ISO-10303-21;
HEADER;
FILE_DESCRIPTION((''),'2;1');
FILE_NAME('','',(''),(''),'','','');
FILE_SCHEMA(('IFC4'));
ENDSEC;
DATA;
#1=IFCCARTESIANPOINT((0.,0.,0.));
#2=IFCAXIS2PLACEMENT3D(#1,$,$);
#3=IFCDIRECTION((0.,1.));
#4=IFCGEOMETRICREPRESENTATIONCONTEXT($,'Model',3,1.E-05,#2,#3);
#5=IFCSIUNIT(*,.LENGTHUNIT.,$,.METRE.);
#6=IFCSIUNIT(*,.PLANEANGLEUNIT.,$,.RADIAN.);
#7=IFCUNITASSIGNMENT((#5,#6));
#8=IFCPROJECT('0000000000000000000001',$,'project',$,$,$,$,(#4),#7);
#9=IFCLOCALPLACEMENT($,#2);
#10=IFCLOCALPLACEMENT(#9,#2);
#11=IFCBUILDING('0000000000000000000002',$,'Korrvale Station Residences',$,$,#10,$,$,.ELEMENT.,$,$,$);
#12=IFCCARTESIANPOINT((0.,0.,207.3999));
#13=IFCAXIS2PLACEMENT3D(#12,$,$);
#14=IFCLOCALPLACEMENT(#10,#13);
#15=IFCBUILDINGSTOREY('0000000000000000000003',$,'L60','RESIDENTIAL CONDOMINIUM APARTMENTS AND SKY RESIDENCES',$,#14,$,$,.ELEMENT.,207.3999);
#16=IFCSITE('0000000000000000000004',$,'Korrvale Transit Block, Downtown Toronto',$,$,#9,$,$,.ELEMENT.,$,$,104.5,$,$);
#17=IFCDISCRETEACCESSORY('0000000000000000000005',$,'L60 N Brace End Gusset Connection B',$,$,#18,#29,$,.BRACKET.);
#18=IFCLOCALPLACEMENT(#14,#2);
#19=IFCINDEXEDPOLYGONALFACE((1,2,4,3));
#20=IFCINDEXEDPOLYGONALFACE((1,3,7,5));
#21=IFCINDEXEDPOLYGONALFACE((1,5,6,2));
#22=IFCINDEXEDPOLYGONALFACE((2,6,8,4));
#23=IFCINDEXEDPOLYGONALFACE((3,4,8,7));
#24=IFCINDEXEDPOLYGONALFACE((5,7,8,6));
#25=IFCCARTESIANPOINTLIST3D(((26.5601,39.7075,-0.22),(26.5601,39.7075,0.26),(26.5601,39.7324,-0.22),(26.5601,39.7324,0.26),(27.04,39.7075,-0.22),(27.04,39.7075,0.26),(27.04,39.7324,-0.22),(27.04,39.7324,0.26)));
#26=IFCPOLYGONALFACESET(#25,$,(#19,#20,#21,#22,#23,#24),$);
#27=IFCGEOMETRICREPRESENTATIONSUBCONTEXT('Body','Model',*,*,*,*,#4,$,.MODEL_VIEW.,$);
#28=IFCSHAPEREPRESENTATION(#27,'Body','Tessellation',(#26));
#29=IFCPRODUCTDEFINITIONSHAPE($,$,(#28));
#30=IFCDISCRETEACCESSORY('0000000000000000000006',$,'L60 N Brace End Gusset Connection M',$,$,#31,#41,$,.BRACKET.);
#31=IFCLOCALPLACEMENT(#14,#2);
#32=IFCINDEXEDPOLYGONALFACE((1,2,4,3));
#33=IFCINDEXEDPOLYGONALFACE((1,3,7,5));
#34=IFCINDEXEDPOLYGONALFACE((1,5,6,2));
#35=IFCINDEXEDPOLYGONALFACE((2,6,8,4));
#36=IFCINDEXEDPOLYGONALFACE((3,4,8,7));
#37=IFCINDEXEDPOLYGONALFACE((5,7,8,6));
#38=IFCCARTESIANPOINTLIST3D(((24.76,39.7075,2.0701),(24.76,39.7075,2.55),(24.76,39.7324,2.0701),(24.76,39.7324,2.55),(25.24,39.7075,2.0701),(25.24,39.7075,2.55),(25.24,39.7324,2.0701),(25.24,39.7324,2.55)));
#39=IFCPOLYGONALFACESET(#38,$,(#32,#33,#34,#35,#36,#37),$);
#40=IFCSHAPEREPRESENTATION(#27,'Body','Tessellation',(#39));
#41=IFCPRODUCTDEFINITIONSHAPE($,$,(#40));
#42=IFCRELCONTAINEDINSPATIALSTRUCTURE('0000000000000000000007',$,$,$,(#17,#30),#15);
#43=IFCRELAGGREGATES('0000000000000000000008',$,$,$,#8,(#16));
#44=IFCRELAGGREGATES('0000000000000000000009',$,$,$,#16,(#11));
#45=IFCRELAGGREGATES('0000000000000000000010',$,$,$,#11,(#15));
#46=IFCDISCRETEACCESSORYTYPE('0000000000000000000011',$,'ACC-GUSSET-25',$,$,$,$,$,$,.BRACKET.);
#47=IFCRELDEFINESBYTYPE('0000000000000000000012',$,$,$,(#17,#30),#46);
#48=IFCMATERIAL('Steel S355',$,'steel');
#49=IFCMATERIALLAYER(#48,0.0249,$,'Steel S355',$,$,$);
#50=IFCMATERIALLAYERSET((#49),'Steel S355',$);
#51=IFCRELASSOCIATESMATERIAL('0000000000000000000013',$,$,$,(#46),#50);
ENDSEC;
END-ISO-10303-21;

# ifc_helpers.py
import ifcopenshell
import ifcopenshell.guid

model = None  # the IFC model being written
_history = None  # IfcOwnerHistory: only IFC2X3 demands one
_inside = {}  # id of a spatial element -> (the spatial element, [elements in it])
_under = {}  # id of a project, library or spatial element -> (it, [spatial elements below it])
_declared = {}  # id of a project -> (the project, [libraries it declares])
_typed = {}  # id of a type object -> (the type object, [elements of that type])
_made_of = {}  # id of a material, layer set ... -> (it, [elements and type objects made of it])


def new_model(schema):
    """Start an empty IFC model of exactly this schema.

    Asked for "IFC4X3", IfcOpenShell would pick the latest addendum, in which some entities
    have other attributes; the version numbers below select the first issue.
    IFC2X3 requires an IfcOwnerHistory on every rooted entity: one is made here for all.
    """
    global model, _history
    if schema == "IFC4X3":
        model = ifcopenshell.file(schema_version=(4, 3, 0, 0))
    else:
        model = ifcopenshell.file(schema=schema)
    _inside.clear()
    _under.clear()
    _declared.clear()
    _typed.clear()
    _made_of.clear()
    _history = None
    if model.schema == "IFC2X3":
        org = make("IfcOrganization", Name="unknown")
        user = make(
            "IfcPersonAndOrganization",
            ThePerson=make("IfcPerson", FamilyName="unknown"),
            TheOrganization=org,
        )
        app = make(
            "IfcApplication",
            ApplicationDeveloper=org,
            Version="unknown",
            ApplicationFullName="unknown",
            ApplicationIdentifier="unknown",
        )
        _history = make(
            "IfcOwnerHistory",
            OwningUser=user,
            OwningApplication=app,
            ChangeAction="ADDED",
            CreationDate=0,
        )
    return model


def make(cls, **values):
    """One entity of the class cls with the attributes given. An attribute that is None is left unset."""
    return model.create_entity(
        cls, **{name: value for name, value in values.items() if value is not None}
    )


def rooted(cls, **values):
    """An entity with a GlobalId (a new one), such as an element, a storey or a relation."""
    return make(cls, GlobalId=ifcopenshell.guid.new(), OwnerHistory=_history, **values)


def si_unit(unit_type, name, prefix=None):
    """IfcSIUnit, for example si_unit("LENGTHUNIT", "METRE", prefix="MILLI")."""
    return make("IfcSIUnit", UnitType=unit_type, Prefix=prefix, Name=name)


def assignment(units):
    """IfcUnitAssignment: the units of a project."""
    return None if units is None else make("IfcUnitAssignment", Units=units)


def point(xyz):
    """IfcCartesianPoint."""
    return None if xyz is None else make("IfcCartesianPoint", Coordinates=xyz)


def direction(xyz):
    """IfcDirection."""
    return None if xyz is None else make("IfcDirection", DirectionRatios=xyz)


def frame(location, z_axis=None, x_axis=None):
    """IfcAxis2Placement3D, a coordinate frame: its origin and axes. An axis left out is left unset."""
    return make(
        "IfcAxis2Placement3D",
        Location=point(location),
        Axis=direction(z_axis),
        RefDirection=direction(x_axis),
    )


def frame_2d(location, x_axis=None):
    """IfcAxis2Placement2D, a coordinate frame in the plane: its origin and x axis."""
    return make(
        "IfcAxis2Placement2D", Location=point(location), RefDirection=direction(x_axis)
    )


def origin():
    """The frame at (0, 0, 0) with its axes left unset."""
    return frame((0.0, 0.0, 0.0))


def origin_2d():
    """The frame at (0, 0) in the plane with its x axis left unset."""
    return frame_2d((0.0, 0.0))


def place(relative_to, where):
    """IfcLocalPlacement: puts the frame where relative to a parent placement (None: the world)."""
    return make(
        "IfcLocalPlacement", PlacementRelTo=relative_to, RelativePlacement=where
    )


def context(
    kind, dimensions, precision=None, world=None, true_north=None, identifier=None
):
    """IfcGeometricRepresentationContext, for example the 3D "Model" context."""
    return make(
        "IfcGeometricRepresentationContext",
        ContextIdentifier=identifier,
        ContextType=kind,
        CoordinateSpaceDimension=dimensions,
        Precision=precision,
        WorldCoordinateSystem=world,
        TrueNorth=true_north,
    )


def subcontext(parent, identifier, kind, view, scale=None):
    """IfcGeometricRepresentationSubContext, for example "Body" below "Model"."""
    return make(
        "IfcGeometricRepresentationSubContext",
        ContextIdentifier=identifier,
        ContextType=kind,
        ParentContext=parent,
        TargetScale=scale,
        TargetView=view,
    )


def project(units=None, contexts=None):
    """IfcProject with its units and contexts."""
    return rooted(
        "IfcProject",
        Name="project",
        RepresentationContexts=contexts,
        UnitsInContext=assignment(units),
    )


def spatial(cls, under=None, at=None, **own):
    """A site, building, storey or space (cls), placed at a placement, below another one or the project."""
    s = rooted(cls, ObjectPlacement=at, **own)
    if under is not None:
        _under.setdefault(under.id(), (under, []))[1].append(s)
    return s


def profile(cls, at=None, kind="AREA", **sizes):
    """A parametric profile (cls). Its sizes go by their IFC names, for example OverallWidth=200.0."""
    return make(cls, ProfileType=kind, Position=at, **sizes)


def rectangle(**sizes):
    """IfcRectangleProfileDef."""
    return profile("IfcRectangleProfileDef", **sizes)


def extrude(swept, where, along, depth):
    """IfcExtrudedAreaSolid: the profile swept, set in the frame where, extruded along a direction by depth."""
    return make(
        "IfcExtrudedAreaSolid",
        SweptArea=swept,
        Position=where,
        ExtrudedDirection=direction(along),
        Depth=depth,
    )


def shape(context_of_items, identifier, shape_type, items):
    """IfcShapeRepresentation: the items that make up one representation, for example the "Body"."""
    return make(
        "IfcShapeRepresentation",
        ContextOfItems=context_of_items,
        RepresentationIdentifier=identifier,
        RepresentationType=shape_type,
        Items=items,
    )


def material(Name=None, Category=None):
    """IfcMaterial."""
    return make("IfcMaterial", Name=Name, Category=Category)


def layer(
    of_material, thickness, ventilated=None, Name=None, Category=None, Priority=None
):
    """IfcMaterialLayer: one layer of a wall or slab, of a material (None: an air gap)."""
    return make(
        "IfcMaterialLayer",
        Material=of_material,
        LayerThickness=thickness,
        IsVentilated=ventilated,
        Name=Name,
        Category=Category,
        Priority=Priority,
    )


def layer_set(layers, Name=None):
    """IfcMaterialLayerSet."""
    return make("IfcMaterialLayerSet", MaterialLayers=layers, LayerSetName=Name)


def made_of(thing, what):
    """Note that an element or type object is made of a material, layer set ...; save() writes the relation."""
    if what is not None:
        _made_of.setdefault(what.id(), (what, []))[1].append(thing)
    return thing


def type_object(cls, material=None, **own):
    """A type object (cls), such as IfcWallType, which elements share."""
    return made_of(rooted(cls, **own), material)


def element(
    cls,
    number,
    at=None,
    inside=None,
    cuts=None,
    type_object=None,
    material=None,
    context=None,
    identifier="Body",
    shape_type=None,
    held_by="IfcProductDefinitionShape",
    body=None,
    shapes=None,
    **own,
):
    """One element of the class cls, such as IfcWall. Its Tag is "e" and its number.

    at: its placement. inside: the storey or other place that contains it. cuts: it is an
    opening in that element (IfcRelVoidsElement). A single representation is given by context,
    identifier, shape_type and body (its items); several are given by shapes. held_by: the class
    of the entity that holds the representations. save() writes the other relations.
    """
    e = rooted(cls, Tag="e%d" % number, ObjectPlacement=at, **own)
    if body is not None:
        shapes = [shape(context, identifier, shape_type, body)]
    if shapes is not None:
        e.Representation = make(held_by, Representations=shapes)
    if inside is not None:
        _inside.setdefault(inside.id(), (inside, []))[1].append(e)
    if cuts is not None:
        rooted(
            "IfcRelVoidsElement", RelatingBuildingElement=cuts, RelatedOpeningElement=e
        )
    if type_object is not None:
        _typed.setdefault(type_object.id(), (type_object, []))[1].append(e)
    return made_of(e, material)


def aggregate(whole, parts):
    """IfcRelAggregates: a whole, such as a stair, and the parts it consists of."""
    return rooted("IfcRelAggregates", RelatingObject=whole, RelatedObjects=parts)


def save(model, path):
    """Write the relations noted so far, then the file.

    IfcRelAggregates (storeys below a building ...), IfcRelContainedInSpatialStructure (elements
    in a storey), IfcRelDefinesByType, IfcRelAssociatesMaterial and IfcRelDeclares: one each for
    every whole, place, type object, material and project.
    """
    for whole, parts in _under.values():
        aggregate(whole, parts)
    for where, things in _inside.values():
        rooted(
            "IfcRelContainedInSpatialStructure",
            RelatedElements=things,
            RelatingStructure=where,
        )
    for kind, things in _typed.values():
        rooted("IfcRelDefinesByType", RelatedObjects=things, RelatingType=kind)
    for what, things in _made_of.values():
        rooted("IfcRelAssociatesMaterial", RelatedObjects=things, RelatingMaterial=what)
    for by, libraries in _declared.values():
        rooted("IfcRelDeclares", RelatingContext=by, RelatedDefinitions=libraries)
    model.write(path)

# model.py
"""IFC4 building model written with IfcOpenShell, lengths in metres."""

from ifc_helpers import new_model, si_unit, direction, frame, origin, origin_2d, place, context, subcontext, project, spatial, rectangle, extrude, material, layer, layer_set, type_object, element, save


model = new_model("IFC4")

# Units and contexts
model_context = context("Model", 3, precision=1e-05, world=origin(), true_north=direction((0.0, 1.0)))
body_context = subcontext(model_context, "Body", "Model", "MODEL_VIEW")
ifc_project = project(units=[si_unit("LENGTHUNIT", "METRE"), si_unit("PLANEANGLEUNIT", "RADIAN")], contexts=[model_context])

# Site, building, storey
site_placement = place(None, origin())
site = spatial("IfcSite", under=ifc_project, at=site_placement, Name="Korrvale Transit Block, Downtown Toronto", CompositionType="ELEMENT", RefElevation=104.5)
building_placement = place(site_placement, origin())
building = spatial("IfcBuilding", under=site, at=building_placement, Name="Korrvale Station Residences", CompositionType="ELEMENT")
storey_placement = place(building_placement, frame((0.0, 0.0, 207.3999)))
storey = spatial("IfcBuildingStorey", under=building, at=storey_placement, Name="L60", Description="RESIDENTIAL CONDOMINIUM APARTMENTS AND SKY RESIDENCES", CompositionType="ELEMENT", Elevation=207.3999)

# Shared definitions
ifc_material_1 = material(Name="Steel S355", Category="steel")

# Discrete accessories
ifc_layer_1 = layer(ifc_material_1, 0.0249, Name="Steel S355")
ifc_layer_set_1 = layer_set([ifc_layer_1], Name="Steel S355")
discrete_accessory_type = type_object("IfcDiscreteAccessoryType", Name="ACC-GUSSET-25", PredefinedType="BRACKET", material=ifc_layer_set_1)
for number, where, z_axis, x_axis, name in (
    (1, (26.8, 39.72, -0.22), (0.0, 0.0, 1.0), (1.0, 0.0, 0.0), "L60 N Brace End Gusset Connection B"),
    (2, (25.0, 39.72, 2.0701), (0.0, 0.0, 1.0), (1.0, 0.0, 0.0), "L60 N Brace End Gusset Connection M"),
):
    element("IfcDiscreteAccessory", number, at=place(storey_placement, frame(where, z_axis=z_axis, x_axis=x_axis)), inside=storey, type_object=discrete_accessory_type, Name=name, PredefinedType="BRACKET", context=body_context, shape_type="SweptSolid", body=[
        extrude(rectangle(XDim=0.48, YDim=0.0249, at=origin_2d()), origin(), (0.0, 0.0, 1.0), 0.48),
    ])

save(model, "model.ifc")
